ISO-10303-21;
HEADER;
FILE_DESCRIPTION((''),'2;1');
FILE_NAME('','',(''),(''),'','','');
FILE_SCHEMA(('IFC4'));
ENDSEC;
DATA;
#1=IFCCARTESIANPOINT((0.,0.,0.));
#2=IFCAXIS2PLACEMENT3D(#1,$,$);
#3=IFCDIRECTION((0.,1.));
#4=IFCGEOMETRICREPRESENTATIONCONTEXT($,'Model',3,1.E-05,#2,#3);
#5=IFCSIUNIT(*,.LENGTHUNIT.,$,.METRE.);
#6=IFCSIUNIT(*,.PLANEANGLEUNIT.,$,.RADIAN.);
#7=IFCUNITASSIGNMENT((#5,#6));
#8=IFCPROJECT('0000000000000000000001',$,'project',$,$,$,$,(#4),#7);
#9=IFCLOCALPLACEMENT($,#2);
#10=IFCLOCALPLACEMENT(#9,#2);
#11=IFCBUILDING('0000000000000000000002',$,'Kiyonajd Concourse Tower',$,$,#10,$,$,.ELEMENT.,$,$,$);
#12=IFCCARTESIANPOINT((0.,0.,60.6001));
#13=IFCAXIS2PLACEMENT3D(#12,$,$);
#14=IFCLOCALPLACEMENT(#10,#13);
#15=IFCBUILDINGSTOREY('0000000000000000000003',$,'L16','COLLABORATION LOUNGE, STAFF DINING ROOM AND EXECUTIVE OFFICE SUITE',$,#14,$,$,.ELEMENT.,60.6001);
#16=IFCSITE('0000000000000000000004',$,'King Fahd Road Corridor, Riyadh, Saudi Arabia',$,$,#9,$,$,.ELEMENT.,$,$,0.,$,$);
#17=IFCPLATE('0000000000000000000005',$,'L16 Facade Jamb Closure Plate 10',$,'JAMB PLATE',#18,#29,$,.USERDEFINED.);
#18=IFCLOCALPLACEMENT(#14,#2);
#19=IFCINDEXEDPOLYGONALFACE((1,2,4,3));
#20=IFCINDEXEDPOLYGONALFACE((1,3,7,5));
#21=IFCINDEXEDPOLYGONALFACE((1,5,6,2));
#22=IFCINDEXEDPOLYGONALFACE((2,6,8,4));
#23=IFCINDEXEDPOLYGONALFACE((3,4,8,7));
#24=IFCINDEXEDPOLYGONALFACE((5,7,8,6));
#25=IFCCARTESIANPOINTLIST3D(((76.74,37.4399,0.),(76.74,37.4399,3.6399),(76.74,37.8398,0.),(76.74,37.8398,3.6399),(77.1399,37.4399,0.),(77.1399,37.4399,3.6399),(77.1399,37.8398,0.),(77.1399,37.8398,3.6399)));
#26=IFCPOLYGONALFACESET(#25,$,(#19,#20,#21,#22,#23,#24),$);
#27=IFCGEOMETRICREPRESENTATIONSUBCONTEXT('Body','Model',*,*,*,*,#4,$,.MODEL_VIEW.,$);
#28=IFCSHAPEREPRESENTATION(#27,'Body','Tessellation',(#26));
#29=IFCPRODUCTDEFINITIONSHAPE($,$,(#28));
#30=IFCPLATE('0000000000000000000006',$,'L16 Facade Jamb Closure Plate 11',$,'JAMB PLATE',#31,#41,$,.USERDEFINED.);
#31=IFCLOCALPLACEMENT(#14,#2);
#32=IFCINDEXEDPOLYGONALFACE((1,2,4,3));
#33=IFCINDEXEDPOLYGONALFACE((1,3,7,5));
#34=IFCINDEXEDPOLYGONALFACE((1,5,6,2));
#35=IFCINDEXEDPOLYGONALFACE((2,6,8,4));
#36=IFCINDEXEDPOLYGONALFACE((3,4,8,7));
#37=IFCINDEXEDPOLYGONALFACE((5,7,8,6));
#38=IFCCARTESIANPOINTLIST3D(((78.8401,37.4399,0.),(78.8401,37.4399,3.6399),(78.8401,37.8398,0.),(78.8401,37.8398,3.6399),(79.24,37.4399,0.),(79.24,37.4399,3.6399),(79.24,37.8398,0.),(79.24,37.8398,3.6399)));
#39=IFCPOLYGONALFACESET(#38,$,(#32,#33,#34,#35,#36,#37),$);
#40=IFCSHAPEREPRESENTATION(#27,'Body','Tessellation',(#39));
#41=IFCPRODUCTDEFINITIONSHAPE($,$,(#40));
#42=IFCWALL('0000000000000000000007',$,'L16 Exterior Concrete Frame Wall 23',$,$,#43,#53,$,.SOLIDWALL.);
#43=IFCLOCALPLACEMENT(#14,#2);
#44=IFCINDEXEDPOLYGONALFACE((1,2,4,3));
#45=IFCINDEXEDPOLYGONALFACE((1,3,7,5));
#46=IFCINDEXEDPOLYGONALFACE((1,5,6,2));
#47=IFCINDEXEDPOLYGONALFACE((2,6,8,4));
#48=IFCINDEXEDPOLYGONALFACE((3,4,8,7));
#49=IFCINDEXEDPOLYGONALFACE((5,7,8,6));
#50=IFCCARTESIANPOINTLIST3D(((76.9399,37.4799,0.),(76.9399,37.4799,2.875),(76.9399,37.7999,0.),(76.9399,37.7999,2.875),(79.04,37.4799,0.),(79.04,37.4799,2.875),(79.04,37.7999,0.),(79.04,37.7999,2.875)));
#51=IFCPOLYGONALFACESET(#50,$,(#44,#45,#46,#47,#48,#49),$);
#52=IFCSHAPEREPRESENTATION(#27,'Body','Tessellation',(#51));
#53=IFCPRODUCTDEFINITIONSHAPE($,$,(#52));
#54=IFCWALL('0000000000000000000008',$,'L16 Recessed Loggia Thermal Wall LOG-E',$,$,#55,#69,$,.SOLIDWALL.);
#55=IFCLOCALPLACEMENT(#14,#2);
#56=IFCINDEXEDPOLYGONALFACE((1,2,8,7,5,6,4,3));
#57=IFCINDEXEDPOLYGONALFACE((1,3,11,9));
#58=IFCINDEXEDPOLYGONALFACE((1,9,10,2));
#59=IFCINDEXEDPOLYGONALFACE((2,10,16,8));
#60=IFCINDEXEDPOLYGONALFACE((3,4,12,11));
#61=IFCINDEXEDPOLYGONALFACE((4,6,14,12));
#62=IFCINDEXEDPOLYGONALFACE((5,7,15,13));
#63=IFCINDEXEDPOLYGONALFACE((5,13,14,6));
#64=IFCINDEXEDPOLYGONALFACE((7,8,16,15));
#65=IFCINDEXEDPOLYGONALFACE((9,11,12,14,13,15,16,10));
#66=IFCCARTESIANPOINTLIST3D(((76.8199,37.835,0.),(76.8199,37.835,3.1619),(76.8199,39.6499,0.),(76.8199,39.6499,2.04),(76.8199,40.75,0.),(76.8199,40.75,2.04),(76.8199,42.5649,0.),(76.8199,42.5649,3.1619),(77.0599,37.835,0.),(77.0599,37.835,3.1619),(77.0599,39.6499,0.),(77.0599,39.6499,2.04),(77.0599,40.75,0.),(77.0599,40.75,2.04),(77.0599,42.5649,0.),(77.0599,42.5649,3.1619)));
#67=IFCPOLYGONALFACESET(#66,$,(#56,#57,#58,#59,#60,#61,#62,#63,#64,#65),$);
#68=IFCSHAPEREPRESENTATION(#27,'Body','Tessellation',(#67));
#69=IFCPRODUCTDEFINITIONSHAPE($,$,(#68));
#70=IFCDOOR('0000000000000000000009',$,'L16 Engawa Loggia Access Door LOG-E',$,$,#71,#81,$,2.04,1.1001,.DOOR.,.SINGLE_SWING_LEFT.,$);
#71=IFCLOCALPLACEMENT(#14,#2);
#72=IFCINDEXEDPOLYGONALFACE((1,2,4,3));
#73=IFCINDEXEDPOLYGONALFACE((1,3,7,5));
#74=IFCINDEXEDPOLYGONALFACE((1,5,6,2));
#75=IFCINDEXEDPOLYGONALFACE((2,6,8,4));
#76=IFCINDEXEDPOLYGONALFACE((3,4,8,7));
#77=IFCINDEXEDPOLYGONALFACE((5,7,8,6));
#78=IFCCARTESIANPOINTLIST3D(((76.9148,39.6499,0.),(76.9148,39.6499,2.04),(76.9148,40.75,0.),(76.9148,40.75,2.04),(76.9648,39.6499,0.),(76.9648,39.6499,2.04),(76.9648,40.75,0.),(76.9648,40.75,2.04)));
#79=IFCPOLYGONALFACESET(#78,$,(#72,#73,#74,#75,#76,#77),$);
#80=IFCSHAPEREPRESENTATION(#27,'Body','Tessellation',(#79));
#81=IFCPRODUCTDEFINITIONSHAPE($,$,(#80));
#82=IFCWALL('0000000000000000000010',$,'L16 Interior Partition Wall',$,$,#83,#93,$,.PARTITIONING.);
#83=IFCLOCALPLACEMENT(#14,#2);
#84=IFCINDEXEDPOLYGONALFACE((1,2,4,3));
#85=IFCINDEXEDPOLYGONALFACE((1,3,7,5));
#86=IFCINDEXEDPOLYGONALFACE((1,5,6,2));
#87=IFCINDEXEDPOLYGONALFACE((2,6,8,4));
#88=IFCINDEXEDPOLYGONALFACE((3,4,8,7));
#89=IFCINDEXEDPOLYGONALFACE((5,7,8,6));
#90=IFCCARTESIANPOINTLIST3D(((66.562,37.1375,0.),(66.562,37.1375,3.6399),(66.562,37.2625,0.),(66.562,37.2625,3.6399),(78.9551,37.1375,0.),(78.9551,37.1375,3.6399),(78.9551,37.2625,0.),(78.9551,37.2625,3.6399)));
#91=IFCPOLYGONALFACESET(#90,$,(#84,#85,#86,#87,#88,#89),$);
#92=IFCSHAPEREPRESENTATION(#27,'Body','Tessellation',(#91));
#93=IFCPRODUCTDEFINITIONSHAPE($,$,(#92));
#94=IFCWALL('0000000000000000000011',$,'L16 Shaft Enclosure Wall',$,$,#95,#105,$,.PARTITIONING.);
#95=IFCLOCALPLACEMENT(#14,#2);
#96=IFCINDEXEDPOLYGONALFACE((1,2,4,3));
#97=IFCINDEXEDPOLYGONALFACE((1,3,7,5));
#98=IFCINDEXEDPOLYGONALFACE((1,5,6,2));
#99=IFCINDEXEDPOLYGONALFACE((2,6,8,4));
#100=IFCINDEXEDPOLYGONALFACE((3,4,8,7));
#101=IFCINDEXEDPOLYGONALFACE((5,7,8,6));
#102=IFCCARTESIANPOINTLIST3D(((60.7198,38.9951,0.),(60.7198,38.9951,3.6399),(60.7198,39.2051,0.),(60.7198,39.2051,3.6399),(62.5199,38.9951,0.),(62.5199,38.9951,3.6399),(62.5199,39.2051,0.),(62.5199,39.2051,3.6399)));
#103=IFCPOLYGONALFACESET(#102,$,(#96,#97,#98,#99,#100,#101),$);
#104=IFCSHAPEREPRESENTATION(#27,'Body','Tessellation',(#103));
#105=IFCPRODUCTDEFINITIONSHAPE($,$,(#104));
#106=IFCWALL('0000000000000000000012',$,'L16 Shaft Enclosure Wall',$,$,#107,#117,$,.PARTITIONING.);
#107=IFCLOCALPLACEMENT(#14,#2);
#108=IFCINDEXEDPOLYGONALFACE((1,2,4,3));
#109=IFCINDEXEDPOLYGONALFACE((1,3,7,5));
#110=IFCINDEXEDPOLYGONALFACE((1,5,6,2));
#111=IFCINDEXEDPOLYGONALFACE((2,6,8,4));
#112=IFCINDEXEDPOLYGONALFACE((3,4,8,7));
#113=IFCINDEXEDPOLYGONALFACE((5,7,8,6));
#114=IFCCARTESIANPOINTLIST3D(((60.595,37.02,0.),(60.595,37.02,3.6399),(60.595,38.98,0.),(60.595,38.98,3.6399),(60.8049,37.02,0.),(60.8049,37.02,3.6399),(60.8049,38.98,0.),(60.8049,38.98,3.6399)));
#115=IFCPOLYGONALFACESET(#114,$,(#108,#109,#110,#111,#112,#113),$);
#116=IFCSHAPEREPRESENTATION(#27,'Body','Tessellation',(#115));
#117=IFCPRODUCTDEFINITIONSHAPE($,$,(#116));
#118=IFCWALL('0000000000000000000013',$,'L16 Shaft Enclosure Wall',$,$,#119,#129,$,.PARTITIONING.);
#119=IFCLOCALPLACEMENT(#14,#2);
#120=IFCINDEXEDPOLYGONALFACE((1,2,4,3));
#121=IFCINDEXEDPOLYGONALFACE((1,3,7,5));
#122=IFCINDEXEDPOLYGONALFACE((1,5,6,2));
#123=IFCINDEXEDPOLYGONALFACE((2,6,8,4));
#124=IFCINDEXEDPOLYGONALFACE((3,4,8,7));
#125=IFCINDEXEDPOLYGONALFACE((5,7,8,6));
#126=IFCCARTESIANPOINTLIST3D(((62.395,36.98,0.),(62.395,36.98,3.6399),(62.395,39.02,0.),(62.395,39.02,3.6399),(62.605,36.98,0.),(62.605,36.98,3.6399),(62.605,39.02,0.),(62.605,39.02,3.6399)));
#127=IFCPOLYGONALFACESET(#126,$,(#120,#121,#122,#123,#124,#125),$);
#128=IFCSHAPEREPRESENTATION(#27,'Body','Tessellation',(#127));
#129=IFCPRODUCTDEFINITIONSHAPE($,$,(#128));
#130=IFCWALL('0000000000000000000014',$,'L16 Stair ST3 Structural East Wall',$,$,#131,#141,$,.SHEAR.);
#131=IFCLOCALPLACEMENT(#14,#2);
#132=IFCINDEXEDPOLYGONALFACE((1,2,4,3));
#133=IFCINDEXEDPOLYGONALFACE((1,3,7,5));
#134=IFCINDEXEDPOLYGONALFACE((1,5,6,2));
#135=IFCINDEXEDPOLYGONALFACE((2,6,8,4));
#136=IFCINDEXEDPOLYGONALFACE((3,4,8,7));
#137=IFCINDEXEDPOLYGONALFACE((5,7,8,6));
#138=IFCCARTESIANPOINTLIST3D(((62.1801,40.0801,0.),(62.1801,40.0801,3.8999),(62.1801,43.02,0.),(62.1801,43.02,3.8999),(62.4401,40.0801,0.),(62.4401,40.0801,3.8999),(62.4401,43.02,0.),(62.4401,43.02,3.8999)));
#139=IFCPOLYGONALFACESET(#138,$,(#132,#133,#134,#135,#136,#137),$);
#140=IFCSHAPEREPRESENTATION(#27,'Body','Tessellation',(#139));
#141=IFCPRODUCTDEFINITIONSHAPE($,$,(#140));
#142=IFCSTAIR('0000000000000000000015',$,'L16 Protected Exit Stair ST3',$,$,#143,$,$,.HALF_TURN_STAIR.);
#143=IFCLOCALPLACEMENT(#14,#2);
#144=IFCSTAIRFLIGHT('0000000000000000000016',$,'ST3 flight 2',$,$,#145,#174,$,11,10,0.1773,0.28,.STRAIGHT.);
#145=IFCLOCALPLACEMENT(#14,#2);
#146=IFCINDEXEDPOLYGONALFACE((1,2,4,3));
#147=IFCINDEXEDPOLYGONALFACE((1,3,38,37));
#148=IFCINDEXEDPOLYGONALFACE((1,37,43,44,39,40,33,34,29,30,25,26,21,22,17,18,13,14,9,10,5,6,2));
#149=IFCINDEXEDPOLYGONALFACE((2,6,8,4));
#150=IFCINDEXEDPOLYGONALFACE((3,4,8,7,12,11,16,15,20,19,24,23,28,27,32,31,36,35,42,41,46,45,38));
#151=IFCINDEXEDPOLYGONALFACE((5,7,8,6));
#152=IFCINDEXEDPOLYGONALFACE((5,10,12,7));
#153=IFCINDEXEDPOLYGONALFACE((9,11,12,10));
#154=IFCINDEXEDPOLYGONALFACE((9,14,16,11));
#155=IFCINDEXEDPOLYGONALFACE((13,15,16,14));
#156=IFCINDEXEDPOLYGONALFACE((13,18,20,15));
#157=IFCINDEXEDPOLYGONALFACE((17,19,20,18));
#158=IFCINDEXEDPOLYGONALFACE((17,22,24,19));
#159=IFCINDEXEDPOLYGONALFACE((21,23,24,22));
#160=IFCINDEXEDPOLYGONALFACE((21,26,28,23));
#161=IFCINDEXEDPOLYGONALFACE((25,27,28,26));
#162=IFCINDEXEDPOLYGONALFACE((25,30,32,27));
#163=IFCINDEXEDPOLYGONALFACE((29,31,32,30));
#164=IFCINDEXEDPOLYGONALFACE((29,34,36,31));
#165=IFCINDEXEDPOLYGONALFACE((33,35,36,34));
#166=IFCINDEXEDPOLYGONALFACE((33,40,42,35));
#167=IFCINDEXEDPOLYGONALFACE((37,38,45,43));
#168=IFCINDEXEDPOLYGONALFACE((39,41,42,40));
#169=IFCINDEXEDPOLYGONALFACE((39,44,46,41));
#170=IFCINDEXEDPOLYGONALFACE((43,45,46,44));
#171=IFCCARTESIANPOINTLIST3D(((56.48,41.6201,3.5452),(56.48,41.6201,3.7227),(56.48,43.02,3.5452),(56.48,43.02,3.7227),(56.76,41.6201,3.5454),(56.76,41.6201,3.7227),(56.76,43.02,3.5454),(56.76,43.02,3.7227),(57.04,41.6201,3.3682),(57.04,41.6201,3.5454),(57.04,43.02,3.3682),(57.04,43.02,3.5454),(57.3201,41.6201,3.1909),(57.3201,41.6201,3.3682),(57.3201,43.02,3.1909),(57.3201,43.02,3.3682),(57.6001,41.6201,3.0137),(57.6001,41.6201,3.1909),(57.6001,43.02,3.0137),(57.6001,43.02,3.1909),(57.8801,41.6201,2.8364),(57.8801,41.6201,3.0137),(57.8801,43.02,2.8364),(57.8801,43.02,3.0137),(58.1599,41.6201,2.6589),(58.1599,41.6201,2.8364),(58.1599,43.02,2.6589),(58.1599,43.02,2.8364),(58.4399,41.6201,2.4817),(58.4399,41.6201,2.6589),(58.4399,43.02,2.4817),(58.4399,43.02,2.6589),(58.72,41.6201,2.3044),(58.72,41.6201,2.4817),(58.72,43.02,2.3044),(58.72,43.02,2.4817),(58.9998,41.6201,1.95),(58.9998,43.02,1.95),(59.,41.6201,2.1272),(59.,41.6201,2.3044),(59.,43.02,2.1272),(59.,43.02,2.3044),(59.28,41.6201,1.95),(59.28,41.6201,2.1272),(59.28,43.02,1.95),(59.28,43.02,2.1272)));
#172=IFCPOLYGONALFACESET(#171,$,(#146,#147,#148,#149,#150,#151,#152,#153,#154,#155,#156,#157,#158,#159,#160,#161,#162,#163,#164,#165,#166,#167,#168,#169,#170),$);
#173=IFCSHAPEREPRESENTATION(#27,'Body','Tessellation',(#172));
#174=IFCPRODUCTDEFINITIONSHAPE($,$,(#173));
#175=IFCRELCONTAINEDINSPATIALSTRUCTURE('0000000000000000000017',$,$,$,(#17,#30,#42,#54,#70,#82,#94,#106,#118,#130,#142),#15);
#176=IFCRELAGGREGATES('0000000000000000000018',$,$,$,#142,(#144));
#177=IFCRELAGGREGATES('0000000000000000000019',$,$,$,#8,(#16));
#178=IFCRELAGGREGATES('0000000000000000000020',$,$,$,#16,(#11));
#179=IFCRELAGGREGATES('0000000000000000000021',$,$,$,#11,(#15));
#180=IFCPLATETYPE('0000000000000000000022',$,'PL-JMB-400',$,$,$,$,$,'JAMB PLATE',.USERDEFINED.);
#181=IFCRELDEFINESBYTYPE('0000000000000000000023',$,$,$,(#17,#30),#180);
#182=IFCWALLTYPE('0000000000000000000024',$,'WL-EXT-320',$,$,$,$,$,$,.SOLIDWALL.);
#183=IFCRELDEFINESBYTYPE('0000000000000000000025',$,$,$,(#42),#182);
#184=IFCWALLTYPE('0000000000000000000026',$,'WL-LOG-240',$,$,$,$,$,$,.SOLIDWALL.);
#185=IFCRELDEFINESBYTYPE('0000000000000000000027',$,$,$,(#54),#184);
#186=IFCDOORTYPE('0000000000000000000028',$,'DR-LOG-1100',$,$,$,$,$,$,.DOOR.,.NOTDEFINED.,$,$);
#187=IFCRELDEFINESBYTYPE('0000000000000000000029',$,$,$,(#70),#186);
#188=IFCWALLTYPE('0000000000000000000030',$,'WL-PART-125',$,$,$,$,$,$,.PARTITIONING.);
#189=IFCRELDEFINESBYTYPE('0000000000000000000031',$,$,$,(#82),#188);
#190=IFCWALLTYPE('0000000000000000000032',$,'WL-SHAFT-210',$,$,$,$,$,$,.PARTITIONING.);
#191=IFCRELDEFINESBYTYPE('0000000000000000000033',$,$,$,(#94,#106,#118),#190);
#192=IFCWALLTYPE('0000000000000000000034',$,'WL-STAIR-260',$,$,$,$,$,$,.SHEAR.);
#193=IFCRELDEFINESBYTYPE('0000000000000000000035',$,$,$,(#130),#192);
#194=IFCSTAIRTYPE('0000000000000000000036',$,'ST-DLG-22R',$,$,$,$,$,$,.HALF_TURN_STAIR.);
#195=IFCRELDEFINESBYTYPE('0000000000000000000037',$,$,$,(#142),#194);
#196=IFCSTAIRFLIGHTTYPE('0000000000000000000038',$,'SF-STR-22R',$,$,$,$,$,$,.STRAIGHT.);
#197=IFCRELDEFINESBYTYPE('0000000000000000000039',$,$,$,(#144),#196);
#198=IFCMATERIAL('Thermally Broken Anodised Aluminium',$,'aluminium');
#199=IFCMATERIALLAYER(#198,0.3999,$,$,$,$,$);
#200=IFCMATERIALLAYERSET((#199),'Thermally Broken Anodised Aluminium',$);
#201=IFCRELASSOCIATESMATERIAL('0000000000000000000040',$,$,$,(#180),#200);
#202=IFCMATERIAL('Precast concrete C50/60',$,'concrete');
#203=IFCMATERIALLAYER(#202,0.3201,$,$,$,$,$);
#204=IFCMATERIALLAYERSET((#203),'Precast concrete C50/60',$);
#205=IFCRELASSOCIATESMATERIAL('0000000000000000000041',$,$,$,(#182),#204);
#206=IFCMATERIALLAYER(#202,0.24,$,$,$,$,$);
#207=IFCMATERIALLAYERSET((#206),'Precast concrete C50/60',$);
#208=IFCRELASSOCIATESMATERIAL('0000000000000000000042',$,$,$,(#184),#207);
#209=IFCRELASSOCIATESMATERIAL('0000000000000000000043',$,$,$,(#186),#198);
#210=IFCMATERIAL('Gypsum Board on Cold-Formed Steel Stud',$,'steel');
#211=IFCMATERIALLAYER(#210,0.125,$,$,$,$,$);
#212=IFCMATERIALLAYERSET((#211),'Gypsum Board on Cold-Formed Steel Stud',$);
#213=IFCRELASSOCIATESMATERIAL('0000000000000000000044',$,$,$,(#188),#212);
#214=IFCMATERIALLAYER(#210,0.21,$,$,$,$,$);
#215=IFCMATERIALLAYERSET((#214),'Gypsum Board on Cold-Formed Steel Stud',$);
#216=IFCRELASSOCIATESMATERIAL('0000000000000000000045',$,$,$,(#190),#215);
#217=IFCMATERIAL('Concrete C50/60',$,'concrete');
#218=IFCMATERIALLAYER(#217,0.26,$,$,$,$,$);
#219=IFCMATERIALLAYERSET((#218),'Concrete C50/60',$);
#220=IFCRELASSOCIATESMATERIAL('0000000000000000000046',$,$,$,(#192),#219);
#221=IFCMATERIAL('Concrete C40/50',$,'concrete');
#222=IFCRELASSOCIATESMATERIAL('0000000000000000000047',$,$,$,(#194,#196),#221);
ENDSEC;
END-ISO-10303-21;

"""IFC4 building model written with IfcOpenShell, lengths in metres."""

from ifc_helpers import new_model, si_unit, direction, frame, frame_2d, origin, origin_2d, place, context, subcontext, project, spatial, polyline, rectangle, outline, extrude, material, layer, layer_set, type_object, element, fill, aggregate, save


model = new_model("IFC4")

# Units and contexts
model_context = context("Model", 3, precision=1e-05, world=origin(), true_north=direction((0.0, 1.0)))
body_context = subcontext(model_context, "Body", "Model", "MODEL_VIEW")
ifc_project = project(units=[si_unit("LENGTHUNIT", "METRE"), si_unit("PLANEANGLEUNIT", "RADIAN")], contexts=[model_context])

# Site, building, storey
site_placement = place(None, origin())
site = spatial("IfcSite", under=ifc_project, at=site_placement, Name="King Fahd Road Corridor, Riyadh, Saudi Arabia", CompositionType="ELEMENT", RefElevation=0.0)
building_placement = place(site_placement, origin())
building = spatial("IfcBuilding", under=site, at=building_placement, Name="Kiyonajd Concourse Tower", CompositionType="ELEMENT")
storey_placement = place(building_placement, frame((0.0, 0.0, 60.6001)))
storey = spatial("IfcBuildingStorey", under=building, at=storey_placement, Name="L16", Description="COLLABORATION LOUNGE, STAFF DINING ROOM AND EXECUTIVE OFFICE SUITE", CompositionType="ELEMENT", Elevation=60.6001)

# Shared definitions
ifc_material_1 = material(Name="Precast concrete C50/60", Category="concrete")

# Shared definitions
ifc_material_2 = material(Name="Thermally Broken Anodised Aluminium", Category="aluminium")

# Plates
ifc_layer_1 = layer(ifc_material_2, 0.3999)
ifc_layer_set_1 = layer_set([ifc_layer_1], Name="Thermally Broken Anodised Aluminium")
plate_type_1 = type_object("IfcPlateType", Name="PL-JMB-400", ElementType="JAMB PLATE", PredefinedType="USERDEFINED", material=ifc_layer_set_1)
for number, where, z_axis, x_axis, name in (
    (1, (76.9399, 37.6399, 0.0), (0.0, 0.0, 1.0), (1.0, 0.0, 0.0), "L16 Facade Jamb Closure Plate 10"),
    (2, (79.04, 37.6399, 0.0), (0.0, 0.0, 1.0), (1.0, 0.0, 0.0), "L16 Facade Jamb Closure Plate 11"),
):
    element("IfcPlate", number, at=place(storey_placement, frame(where, z_axis=z_axis, x_axis=x_axis)), inside=storey, type_object=plate_type_1, Name=name, ObjectType="JAMB PLATE", PredefinedType="USERDEFINED", context=body_context, shape_type="SweptSolid", body=[
        extrude(rectangle(XDim=0.3999, YDim=0.3999, at=origin_2d()), origin(), (0.0, 0.0, 1.0), 3.6399),
    ])

# Wall
ifc_layer_2 = layer(ifc_material_1, 0.3201)
ifc_layer_set_2 = layer_set([ifc_layer_2], Name="Precast concrete C50/60")
wall_type_1 = type_object("IfcWallType", Name="WL-EXT-320", PredefinedType="SOLIDWALL", material=ifc_layer_set_2)
wall_1_placement = place(storey_placement, frame((76.9399, 37.6399, 0.0), z_axis=(0.0, 0.0, 1.0), x_axis=(1.0, 0.0, 0.0)))
element("IfcWall", 3, at=wall_1_placement, inside=storey, type_object=wall_type_1, Name="L16 Exterior Concrete Frame Wall 23", PredefinedType="SOLIDWALL", context=body_context, shape_type="SweptSolid", body=[
    extrude(rectangle(XDim=2.1001, YDim=0.3201, at=frame_2d((1.05, 0.0))), origin(), (0.0, 0.0, 1.0), 2.875),
])

# Wall, opening, door
ifc_layer_3 = layer(ifc_material_1, 0.24)
ifc_layer_set_3 = layer_set([ifc_layer_3], Name="Precast concrete C50/60")
wall_type_2 = type_object("IfcWallType", Name="WL-LOG-240", PredefinedType="SOLIDWALL", material=ifc_layer_set_3)
wall_2_placement = place(storey_placement, frame((76.9399, 42.5649, 0.0), z_axis=(0.0, 0.0, 1.0), x_axis=(0.0, -1.0, 0.0)))
wall_2 = element("IfcWall", 4, at=wall_2_placement, inside=storey, type_object=wall_type_2, Name="L16 Recessed Loggia Thermal Wall LOG-E", PredefinedType="SOLIDWALL", context=body_context, shape_type="SweptSolid", body=[
    extrude(rectangle(XDim=4.73, YDim=0.24, at=frame_2d((2.365, 0.0))), origin(), (0.0, 0.0, 1.0), 3.1619),
])
opening_placement = place(wall_2_placement, frame((1.8149, 0.0, 0.0)))
opening = element("IfcOpeningElement", 5, at=opening_placement, cuts=wall_2, PredefinedType="OPENING", context=body_context, shape_type="SweptSolid", body=[
    extrude(rectangle(XDim=1.1001, YDim=2.04, at=frame_2d((0.55, 1.02))), frame((0.0, 0.1299, 0.0), z_axis=(0.0, -1.0, 0.0), x_axis=(1.0, 0.0, 0.0)), (0.0, 0.0, 1.0), 0.26),
])
door_type = type_object("IfcDoorType", Name="DR-LOG-1100", OperationType="NOTDEFINED", PredefinedType="DOOR", material=ifc_material_2)
door_placement = place(opening_placement, origin())
door = element("IfcDoor", 6, at=door_placement, inside=storey, type_object=door_type, Name="L16 Engawa Loggia Access Door LOG-E", OperationType="SINGLE_SWING_LEFT", OverallHeight=2.04, OverallWidth=1.1001, PredefinedType="DOOR", context=body_context, shape_type="SweptSolid", body=[
    extrude(rectangle(XDim=1.1001, YDim=2.04, at=frame_2d((0.55, 1.02))), frame((0.0, 0.0249, 0.0), z_axis=(0.0, -1.0, 0.0), x_axis=(1.0, 0.0, 0.0)), (0.0, 0.0, 1.0), 0.05),
])
fill(opening, door)

# Walls
ifc_material_3 = material(Name="Gypsum Board on Cold-Formed Steel Stud", Category="steel")
ifc_layer_4 = layer(ifc_material_3, 0.125)
ifc_layer_set_4 = layer_set([ifc_layer_4], Name="Gypsum Board on Cold-Formed Steel Stud")
wall_type_3 = type_object("IfcWallType", Name="WL-PART-125", PredefinedType="PARTITIONING", material=ifc_layer_set_4)
wall_3_placement = place(storey_placement, frame((66.562, 37.2, 0.0), z_axis=(0.0, 0.0, 1.0), x_axis=(1.0, 0.0, 0.0)))
element("IfcWall", 7, at=wall_3_placement, inside=storey, type_object=wall_type_3, Name="L16 Interior Partition Wall", PredefinedType="PARTITIONING", context=body_context, shape_type="SweptSolid", body=[
    extrude(rectangle(XDim=12.3931, YDim=0.125, at=frame_2d((6.1965, 0.0))), origin(), (0.0, 0.0, 1.0), 3.6399),
])
ifc_layer_5 = layer(ifc_material_3, 0.21)
ifc_layer_set_5 = layer_set([ifc_layer_5], Name="Gypsum Board on Cold-Formed Steel Stud")
wall_type_4 = type_object("IfcWallType", Name="WL-SHAFT-210", PredefinedType="PARTITIONING", material=ifc_layer_set_5)
wall_4_placement = place(storey_placement, frame((60.72, 39.1001, 0.0), z_axis=(0.0, 0.0, 1.0), x_axis=(1.0, 0.0, 0.0)))
element("IfcWall", 8, at=wall_4_placement, inside=storey, type_object=wall_type_4, Name="L16 Shaft Enclosure Wall", PredefinedType="PARTITIONING", context=body_context, shape_type="SweptSolid", body=[
    extrude(rectangle(XDim=1.8, YDim=0.21, at=frame_2d((0.8999, 0.0))), origin(), (0.0, 0.0, 1.0), 3.6399),
])
wall_5_placement = place(storey_placement, frame((60.7, 37.02, 0.0), z_axis=(0.0, 0.0, 1.0), x_axis=(0.0, 1.0, 0.0)))
element("IfcWall", 9, at=wall_5_placement, inside=storey, type_object=wall_type_4, Name="L16 Shaft Enclosure Wall", PredefinedType="PARTITIONING", context=body_context, shape_type="SweptSolid", body=[
    extrude(rectangle(XDim=1.96, YDim=0.21, at=frame_2d((0.98, 0.0))), origin(), (0.0, 0.0, 1.0), 3.6399),
])
wall_6_placement = place(storey_placement, frame((62.5, 36.98, 0.0), z_axis=(0.0, 0.0, 1.0), x_axis=(0.0, 1.0, 0.0)))
element("IfcWall", 10, at=wall_6_placement, inside=storey, type_object=wall_type_4, Name="L16 Shaft Enclosure Wall", PredefinedType="PARTITIONING", context=body_context, shape_type="SweptSolid", body=[
    extrude(rectangle(XDim=2.04, YDim=0.21, at=frame_2d((1.02, 0.0))), origin(), (0.0, 0.0, 1.0), 3.6399),
])
ifc_material_4 = material(Name="Concrete C50/60", Category="concrete")
ifc_layer_6 = layer(ifc_material_4, 0.26)
ifc_layer_set_6 = layer_set([ifc_layer_6], Name="Concrete C50/60")
wall_type_5 = type_object("IfcWallType", Name="WL-STAIR-260", PredefinedType="SHEAR", material=ifc_layer_set_6)
wall_7_placement = place(storey_placement, frame((62.3101, 40.0801, 0.0), z_axis=(0.0, 0.0, 1.0), x_axis=(0.0, 1.0, 0.0)))
element("IfcWall", 11, at=wall_7_placement, inside=storey, type_object=wall_type_5, Name="L16 Stair ST3 Structural East Wall", PredefinedType="SHEAR", context=body_context, shape_type="SweptSolid", body=[
    extrude(rectangle(XDim=2.9399, YDim=0.26, at=frame_2d((1.47, 0.0))), origin(), (0.0, 0.0, 1.0), 3.8999),
])

# Stair, stair flight
ifc_material_5 = material(Name="Concrete C40/50", Category="concrete")
stair_type = type_object("IfcStairType", Name="ST-DLG-22R", PredefinedType="HALF_TURN_STAIR", material=ifc_material_5)
stair_placement = place(storey_placement, origin())
stair = element("IfcStair", 12, at=stair_placement, inside=storey, type_object=stair_type, Name="L16 Protected Exit Stair ST3", PredefinedType="HALF_TURN_STAIR")
stair_flight_type = type_object("IfcStairFlightType", Name="SF-STR-22R", PredefinedType="STRAIGHT", material=ifc_material_5)
stair_flight_placement = place(storey_placement, frame((59.28, 42.3201, 1.95), z_axis=(0.0, 0.0, 1.0), x_axis=(-1.0, 0.0, 0.0)))
stair_flight = element("IfcStairFlight", 13, at=stair_flight_placement, type_object=stair_flight_type, Name="ST3 flight 2", NumberOfRisers=11, NumberOfTreads=10, PredefinedType="STRAIGHT", RiserHeight=0.1773, TreadLength=0.28, context=body_context, shape_type="SweptSolid", body=[
    extrude(outline(polyline([(0.0, 0.0), (0.0, 0.1772), (0.28, 0.1772), (0.28, 0.3545), (0.5601, 0.3545), (0.5601, 0.5317), (0.8401, 0.5317), (0.8401, 0.709), (1.1201, 0.709), (1.1201, 0.8865), (1.3999, 0.8865), (1.3999, 1.0637), (1.6799, 1.0637), (1.6799, 1.241), (1.96, 1.241), (1.96, 1.4182), (2.24, 1.4182), (2.24, 1.5955), (2.52, 1.5955), (2.52, 1.7727), (2.8, 1.7727), (2.8, 1.95), (2.8, 1.5952), (0.2803, 0.0), (0.0, 0.0)])), frame((0.0, 0.7, 0.0), z_axis=(0.0, -1.0, 0.0), x_axis=(1.0, 0.0, 0.0)), (0.0, 0.0, 1.0), 1.3999),
])
aggregate(stair, [stair_flight])

save(model, "model.ifc")
